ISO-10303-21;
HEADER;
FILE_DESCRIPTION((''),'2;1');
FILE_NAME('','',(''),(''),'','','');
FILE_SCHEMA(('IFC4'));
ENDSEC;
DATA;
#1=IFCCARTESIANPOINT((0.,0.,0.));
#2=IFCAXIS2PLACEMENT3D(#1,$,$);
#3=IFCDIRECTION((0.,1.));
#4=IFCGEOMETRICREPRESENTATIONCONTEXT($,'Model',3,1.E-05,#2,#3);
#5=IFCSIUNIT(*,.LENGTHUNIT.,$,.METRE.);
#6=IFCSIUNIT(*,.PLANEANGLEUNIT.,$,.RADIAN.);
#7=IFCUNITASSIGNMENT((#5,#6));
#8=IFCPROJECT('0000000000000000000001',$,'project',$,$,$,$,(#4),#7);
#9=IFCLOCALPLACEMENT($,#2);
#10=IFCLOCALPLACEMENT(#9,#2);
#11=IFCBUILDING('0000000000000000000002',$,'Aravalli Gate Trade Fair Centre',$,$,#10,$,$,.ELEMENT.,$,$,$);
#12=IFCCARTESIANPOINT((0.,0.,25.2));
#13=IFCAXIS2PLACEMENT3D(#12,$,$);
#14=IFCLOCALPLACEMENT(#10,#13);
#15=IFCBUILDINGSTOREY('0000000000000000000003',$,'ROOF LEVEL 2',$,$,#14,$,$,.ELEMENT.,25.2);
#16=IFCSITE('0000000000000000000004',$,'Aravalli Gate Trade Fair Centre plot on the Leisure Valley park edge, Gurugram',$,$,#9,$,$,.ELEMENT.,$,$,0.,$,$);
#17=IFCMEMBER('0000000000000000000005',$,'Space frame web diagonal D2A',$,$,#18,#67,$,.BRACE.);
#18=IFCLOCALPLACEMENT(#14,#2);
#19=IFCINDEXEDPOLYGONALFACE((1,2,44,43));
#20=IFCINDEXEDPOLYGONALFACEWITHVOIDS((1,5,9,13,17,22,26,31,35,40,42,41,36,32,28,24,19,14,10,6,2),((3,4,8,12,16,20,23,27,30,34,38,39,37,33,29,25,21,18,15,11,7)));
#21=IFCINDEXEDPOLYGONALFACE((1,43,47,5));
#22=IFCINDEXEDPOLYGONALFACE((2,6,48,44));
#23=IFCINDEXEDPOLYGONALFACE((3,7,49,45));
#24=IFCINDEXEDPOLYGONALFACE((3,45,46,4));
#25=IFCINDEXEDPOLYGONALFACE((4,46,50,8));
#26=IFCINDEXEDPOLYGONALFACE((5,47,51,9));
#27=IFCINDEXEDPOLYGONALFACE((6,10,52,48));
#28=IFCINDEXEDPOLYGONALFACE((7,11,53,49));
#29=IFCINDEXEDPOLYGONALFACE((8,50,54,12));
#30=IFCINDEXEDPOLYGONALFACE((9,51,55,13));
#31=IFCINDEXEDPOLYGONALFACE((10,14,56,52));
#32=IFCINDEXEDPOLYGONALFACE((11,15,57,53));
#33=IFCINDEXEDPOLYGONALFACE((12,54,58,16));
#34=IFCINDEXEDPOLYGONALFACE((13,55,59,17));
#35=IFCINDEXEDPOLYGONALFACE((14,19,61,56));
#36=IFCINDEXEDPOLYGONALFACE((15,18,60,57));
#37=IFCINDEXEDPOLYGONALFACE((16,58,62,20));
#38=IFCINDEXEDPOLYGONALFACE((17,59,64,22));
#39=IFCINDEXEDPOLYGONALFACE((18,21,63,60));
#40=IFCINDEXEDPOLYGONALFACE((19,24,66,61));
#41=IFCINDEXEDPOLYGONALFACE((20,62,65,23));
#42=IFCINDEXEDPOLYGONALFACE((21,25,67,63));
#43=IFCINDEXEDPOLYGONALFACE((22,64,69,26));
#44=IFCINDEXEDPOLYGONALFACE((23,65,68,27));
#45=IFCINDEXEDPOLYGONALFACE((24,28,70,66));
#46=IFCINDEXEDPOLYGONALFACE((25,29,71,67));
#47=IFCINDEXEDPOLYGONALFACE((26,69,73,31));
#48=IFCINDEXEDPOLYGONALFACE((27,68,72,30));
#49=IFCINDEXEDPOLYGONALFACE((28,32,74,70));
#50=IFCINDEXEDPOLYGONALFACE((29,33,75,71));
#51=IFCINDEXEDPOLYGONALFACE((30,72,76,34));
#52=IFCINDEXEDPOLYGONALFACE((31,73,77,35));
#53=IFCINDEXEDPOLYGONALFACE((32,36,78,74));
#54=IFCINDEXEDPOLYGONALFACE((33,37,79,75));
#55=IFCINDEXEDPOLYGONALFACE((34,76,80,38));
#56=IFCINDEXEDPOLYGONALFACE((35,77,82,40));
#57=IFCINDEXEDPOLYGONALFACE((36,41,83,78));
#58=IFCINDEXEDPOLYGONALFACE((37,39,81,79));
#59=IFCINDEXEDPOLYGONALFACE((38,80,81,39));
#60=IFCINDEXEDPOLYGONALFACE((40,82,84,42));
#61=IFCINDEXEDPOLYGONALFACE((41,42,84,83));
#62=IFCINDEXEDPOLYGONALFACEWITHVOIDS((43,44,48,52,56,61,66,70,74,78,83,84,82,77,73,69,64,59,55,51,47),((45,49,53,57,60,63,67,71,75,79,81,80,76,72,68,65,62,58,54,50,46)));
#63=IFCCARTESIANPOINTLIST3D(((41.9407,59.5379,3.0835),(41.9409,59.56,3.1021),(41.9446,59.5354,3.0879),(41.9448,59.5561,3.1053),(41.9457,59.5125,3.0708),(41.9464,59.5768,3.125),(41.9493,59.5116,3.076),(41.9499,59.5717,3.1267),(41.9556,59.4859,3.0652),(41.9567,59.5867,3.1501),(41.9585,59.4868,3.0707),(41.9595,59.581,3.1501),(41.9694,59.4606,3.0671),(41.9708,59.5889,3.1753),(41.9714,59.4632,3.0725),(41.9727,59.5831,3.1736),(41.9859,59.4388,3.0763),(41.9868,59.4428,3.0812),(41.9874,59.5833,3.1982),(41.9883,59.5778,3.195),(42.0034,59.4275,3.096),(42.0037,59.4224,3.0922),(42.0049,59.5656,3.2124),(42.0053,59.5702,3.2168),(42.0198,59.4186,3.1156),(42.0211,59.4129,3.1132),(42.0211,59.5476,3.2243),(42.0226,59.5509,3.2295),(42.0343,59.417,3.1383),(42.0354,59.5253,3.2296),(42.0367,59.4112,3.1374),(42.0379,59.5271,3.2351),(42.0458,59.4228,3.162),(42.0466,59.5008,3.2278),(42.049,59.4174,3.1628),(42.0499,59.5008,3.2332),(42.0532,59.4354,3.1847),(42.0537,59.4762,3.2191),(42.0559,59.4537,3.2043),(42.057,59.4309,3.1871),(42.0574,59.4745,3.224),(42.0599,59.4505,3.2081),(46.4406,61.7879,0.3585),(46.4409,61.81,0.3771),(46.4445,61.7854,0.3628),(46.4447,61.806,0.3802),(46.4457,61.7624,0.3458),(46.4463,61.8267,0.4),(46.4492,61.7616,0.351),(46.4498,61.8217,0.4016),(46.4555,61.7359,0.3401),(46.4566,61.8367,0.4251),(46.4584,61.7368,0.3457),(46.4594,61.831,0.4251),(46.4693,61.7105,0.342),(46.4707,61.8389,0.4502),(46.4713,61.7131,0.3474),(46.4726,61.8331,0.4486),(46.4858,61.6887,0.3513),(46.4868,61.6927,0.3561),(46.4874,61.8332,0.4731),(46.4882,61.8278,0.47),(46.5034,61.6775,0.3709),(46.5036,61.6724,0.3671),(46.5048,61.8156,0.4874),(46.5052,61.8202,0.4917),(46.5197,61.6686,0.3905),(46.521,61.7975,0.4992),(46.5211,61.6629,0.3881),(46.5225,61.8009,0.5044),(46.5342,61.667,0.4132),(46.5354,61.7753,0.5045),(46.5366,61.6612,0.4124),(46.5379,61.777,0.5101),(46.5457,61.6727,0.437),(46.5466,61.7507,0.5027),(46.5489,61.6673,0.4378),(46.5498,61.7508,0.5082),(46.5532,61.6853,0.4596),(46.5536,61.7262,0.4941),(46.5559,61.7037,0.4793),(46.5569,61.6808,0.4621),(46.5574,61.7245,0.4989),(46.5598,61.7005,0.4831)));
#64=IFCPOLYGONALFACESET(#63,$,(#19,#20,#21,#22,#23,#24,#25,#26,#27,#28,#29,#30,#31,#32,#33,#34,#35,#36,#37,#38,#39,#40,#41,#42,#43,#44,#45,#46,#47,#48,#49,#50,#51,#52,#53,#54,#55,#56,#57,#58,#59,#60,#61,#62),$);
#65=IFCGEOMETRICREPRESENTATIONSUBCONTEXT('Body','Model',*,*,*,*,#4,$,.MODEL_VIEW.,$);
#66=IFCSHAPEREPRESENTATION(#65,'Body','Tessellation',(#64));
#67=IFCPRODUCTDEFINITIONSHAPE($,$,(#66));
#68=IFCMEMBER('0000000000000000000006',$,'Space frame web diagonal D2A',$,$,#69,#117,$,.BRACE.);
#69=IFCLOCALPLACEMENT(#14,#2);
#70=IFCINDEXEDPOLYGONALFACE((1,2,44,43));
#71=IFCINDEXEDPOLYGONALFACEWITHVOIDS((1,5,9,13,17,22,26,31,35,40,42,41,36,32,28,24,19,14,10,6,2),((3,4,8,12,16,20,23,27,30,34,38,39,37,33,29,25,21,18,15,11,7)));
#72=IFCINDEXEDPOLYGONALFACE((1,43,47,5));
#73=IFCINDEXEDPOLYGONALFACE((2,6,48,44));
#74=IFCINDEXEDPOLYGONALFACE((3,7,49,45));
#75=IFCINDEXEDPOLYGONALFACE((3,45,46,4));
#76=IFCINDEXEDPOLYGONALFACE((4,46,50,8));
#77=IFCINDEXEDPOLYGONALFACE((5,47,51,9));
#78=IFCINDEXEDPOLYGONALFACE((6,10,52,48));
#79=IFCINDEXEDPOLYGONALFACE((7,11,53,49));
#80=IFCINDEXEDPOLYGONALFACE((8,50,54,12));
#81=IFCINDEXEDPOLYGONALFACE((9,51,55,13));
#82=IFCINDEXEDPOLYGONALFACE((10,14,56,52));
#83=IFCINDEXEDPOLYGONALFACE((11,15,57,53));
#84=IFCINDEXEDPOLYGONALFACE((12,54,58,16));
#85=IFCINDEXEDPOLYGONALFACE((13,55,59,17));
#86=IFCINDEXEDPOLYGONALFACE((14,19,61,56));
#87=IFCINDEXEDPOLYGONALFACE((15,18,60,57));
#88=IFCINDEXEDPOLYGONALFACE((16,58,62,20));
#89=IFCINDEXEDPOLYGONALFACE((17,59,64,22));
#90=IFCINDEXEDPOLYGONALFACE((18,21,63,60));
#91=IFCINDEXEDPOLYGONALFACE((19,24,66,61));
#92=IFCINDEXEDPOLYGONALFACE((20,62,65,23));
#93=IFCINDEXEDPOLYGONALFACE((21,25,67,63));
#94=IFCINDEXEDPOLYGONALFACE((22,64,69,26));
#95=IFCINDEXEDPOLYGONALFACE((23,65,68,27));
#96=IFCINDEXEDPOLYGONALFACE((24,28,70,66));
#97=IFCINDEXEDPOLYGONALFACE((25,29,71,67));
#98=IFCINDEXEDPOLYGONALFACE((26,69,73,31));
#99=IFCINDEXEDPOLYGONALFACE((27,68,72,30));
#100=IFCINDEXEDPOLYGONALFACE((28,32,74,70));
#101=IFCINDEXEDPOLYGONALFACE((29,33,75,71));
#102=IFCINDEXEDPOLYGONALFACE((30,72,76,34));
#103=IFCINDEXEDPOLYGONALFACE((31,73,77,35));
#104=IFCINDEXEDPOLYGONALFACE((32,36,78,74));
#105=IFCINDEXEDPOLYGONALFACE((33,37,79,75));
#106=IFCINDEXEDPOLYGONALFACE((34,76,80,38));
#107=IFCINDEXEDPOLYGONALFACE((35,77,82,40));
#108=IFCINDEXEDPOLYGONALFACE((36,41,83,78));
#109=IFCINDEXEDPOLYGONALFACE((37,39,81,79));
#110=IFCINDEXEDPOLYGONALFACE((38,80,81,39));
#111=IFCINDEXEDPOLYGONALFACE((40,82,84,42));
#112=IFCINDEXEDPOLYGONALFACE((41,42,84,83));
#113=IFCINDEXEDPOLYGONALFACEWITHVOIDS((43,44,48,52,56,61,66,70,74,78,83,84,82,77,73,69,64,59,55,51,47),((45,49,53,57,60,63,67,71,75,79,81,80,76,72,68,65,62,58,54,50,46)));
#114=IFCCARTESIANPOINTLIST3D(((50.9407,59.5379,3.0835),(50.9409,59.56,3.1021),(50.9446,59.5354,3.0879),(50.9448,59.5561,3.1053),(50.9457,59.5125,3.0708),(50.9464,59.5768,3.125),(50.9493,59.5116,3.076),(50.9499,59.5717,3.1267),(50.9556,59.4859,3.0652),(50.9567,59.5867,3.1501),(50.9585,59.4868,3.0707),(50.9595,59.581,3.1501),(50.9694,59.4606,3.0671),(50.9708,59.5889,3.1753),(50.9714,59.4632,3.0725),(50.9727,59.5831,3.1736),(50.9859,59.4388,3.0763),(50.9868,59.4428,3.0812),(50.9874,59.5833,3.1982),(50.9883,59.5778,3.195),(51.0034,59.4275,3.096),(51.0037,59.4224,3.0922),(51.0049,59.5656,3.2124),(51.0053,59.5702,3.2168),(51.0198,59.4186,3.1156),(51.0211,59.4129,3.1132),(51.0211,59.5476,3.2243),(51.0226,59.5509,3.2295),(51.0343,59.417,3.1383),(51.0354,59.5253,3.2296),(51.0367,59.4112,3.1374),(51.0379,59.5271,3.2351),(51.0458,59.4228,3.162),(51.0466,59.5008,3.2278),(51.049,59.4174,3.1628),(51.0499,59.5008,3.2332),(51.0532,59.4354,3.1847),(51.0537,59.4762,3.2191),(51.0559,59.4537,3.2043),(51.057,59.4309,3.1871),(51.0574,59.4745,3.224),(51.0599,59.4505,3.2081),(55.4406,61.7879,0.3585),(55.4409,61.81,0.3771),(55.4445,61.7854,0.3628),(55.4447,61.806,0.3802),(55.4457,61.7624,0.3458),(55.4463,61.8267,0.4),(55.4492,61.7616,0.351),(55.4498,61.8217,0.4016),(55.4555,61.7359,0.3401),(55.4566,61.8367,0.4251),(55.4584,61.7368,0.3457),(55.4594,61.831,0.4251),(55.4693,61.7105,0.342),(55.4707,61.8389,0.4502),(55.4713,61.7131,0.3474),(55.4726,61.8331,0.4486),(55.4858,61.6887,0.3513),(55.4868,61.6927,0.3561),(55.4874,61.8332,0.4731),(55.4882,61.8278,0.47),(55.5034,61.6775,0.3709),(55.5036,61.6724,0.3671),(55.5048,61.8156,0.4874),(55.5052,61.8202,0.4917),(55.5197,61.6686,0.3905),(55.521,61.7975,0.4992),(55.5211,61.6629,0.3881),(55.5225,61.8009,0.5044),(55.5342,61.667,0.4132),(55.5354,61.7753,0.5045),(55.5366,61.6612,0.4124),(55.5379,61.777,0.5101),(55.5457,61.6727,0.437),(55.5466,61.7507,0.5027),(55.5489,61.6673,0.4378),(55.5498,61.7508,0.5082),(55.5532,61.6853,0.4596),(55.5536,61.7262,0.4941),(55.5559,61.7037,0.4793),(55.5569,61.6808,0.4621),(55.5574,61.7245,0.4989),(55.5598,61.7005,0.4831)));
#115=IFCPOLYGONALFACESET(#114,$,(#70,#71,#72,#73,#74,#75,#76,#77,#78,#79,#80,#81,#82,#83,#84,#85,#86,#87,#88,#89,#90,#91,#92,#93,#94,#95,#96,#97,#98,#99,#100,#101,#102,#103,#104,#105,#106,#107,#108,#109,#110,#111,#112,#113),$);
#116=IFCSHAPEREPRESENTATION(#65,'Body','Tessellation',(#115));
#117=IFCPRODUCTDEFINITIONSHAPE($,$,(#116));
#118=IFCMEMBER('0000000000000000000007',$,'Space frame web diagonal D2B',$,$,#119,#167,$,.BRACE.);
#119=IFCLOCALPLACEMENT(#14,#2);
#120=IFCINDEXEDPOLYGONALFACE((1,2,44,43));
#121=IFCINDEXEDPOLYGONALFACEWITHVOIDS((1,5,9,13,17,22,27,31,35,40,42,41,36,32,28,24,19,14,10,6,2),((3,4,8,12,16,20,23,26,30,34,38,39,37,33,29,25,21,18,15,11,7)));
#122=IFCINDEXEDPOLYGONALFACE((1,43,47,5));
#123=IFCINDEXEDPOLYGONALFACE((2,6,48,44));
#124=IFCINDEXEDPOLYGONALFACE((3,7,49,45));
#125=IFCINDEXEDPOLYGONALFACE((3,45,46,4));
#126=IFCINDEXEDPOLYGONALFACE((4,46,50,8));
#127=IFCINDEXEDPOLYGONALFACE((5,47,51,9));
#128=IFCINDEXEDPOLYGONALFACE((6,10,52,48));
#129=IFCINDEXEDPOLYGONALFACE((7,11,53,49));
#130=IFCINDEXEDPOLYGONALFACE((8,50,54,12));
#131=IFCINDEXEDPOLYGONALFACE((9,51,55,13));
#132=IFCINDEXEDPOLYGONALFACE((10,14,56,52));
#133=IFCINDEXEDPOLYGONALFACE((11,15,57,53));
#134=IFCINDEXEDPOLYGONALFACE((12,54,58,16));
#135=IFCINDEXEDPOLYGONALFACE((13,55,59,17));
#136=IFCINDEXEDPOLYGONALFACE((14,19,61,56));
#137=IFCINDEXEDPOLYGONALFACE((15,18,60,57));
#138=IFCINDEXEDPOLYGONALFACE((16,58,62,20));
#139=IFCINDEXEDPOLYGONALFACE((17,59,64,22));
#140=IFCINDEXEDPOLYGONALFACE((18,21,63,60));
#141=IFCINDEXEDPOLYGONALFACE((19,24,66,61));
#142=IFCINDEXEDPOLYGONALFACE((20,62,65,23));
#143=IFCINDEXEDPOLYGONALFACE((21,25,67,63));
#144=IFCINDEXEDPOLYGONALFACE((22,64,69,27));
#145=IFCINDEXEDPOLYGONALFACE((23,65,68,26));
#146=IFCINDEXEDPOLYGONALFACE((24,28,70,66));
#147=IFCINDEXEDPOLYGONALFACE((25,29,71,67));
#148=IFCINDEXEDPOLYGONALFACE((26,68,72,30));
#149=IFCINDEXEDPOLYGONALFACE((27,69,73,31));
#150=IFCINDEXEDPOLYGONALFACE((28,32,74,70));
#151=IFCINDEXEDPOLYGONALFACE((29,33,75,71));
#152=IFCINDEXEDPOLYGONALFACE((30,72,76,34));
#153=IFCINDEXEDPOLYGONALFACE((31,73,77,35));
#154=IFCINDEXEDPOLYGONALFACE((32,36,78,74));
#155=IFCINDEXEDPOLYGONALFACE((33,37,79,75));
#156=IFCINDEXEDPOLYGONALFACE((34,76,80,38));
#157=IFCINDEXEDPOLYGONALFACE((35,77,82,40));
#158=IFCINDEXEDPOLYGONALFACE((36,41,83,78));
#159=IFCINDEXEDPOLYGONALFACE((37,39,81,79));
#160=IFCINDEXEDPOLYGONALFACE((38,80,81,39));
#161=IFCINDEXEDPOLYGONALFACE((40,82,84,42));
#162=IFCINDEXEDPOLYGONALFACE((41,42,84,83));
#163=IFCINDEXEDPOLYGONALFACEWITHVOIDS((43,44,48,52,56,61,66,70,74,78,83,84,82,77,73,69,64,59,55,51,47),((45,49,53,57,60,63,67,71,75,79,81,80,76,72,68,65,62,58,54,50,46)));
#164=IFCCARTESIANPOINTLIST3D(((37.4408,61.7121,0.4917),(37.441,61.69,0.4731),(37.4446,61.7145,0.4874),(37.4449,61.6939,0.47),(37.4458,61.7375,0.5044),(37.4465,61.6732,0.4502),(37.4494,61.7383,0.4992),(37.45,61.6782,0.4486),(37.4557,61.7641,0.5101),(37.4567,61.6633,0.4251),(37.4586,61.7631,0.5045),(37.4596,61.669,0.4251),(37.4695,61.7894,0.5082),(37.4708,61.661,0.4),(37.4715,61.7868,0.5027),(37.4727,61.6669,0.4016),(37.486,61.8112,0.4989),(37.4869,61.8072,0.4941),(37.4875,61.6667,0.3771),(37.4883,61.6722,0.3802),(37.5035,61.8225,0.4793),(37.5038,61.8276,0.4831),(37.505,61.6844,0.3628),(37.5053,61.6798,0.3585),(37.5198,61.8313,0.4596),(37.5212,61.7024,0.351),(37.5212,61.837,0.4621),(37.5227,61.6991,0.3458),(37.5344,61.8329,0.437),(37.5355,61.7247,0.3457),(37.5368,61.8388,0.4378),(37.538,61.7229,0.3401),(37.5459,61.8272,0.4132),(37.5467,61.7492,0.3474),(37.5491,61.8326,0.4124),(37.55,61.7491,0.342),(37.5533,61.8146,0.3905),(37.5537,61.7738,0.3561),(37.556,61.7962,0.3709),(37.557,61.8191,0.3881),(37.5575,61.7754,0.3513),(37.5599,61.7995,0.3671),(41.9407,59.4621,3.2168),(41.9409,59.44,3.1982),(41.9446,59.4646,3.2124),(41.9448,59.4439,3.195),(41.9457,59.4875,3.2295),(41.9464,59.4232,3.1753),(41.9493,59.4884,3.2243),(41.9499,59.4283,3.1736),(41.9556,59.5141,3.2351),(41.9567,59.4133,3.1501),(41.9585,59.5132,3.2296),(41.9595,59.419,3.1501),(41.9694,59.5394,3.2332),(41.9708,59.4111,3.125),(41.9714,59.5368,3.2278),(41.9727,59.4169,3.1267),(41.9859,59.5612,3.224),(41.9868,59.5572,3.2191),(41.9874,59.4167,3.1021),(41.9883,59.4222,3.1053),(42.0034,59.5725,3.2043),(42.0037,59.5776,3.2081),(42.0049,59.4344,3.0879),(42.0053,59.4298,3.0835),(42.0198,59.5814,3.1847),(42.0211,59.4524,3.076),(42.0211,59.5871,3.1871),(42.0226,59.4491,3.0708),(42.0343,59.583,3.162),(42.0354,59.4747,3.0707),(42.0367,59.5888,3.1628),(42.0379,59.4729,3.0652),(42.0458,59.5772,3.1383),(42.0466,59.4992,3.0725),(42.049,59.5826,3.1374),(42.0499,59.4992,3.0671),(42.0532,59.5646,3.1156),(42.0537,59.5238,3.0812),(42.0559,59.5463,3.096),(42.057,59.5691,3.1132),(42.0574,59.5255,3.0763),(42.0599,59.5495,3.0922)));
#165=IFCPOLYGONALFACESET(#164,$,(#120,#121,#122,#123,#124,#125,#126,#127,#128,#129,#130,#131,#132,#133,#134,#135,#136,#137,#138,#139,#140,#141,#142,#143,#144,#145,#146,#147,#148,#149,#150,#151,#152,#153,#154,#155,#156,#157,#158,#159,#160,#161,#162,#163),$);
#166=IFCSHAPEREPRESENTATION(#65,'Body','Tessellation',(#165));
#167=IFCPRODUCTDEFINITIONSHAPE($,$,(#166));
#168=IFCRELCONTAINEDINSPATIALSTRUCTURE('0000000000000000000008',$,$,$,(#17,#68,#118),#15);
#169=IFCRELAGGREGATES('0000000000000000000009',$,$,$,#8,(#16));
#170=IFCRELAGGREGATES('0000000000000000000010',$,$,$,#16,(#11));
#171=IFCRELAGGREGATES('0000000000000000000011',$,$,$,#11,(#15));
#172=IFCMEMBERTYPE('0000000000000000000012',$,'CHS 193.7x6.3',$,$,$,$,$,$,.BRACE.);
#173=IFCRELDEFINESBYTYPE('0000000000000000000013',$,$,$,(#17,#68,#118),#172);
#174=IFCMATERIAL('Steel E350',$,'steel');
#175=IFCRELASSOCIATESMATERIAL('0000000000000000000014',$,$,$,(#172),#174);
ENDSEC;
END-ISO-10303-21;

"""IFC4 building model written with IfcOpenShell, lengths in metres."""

from ifc_helpers import new_model, si_unit, direction, frame, origin, origin_2d, place, context, subcontext, project, spatial, hollow_circle, extrude, material, material_profile, profile_set, type_object, element, save


model = new_model("IFC4")

# Units and contexts
model_context = context("Model", 3, precision=1e-05, world=origin(), true_north=direction((0.0, 1.0)))
body_context = subcontext(model_context, "Body", "Model", "MODEL_VIEW")
ifc_project = project(units=[si_unit("LENGTHUNIT", "METRE"), si_unit("PLANEANGLEUNIT", "RADIAN")], contexts=[model_context])

# Site, building, storey
site_placement = place(None, origin())
site = spatial("IfcSite", under=ifc_project, at=site_placement, Name="Aravalli Gate Trade Fair Centre plot on the Leisure Valley park edge, Gurugram", CompositionType="ELEMENT", RefElevation=0.0)
building_placement = place(site_placement, origin())
building = spatial("IfcBuilding", under=site, at=building_placement, Name="Aravalli Gate Trade Fair Centre", CompositionType="ELEMENT")
storey_placement = place(building_placement, frame((0.0, 0.0, 25.2)))
storey = spatial("IfcBuildingStorey", under=building, at=storey_placement, Name="ROOF LEVEL 2", CompositionType="ELEMENT", Elevation=25.2)

# Members
ifc_material_1 = material(Name="Steel E350", Category="steel")
ifc_material_profile_1 = material_profile(ifc_material_1, hollow_circle(Radius=0.0969, WallThickness=0.0063, at=origin_2d()), Name="CHS 193.7x6.3")
ifc_profile_set_1 = profile_set([ifc_material_profile_1], Name="Steel E350")
member_type_1 = type_object("IfcMemberType", Name="CHS 193.7x6.3", PredefinedType="BRACE", material=ifc_profile_set_1)
for number, where, z_axis, x_axis, name in (
    (1, (42.0, 59.5, 3.1501), (0.78647, 0.393235, -0.476268), (-0.447214, 0.894427, 0.0), "Space frame web diagonal D2A"),
    (2, (51.0, 59.5, 3.1501), (0.78647, 0.393235, -0.476268), (-0.447214, 0.894427, 0.0), "Space frame web diagonal D2A"),
    (3, (42.0, 59.5, 3.1501), (-0.78647, 0.393235, -0.476268), (-0.447214, -0.894427, 0.0), "Space frame web diagonal D2B"),
):
    element("IfcMember", number, at=place(storey_placement, frame(where, z_axis=z_axis, x_axis=x_axis)), inside=storey, type_object=member_type_1, Name=name, PredefinedType="BRACE", context=body_context, shape_type="SweptSolid", body=[
        extrude(hollow_circle(Radius=0.0969, WallThickness=0.0063, at=origin_2d()), origin(), (0.0, 0.0, 1.0), 5.7217),
    ])

save(model, "model.ifc")
